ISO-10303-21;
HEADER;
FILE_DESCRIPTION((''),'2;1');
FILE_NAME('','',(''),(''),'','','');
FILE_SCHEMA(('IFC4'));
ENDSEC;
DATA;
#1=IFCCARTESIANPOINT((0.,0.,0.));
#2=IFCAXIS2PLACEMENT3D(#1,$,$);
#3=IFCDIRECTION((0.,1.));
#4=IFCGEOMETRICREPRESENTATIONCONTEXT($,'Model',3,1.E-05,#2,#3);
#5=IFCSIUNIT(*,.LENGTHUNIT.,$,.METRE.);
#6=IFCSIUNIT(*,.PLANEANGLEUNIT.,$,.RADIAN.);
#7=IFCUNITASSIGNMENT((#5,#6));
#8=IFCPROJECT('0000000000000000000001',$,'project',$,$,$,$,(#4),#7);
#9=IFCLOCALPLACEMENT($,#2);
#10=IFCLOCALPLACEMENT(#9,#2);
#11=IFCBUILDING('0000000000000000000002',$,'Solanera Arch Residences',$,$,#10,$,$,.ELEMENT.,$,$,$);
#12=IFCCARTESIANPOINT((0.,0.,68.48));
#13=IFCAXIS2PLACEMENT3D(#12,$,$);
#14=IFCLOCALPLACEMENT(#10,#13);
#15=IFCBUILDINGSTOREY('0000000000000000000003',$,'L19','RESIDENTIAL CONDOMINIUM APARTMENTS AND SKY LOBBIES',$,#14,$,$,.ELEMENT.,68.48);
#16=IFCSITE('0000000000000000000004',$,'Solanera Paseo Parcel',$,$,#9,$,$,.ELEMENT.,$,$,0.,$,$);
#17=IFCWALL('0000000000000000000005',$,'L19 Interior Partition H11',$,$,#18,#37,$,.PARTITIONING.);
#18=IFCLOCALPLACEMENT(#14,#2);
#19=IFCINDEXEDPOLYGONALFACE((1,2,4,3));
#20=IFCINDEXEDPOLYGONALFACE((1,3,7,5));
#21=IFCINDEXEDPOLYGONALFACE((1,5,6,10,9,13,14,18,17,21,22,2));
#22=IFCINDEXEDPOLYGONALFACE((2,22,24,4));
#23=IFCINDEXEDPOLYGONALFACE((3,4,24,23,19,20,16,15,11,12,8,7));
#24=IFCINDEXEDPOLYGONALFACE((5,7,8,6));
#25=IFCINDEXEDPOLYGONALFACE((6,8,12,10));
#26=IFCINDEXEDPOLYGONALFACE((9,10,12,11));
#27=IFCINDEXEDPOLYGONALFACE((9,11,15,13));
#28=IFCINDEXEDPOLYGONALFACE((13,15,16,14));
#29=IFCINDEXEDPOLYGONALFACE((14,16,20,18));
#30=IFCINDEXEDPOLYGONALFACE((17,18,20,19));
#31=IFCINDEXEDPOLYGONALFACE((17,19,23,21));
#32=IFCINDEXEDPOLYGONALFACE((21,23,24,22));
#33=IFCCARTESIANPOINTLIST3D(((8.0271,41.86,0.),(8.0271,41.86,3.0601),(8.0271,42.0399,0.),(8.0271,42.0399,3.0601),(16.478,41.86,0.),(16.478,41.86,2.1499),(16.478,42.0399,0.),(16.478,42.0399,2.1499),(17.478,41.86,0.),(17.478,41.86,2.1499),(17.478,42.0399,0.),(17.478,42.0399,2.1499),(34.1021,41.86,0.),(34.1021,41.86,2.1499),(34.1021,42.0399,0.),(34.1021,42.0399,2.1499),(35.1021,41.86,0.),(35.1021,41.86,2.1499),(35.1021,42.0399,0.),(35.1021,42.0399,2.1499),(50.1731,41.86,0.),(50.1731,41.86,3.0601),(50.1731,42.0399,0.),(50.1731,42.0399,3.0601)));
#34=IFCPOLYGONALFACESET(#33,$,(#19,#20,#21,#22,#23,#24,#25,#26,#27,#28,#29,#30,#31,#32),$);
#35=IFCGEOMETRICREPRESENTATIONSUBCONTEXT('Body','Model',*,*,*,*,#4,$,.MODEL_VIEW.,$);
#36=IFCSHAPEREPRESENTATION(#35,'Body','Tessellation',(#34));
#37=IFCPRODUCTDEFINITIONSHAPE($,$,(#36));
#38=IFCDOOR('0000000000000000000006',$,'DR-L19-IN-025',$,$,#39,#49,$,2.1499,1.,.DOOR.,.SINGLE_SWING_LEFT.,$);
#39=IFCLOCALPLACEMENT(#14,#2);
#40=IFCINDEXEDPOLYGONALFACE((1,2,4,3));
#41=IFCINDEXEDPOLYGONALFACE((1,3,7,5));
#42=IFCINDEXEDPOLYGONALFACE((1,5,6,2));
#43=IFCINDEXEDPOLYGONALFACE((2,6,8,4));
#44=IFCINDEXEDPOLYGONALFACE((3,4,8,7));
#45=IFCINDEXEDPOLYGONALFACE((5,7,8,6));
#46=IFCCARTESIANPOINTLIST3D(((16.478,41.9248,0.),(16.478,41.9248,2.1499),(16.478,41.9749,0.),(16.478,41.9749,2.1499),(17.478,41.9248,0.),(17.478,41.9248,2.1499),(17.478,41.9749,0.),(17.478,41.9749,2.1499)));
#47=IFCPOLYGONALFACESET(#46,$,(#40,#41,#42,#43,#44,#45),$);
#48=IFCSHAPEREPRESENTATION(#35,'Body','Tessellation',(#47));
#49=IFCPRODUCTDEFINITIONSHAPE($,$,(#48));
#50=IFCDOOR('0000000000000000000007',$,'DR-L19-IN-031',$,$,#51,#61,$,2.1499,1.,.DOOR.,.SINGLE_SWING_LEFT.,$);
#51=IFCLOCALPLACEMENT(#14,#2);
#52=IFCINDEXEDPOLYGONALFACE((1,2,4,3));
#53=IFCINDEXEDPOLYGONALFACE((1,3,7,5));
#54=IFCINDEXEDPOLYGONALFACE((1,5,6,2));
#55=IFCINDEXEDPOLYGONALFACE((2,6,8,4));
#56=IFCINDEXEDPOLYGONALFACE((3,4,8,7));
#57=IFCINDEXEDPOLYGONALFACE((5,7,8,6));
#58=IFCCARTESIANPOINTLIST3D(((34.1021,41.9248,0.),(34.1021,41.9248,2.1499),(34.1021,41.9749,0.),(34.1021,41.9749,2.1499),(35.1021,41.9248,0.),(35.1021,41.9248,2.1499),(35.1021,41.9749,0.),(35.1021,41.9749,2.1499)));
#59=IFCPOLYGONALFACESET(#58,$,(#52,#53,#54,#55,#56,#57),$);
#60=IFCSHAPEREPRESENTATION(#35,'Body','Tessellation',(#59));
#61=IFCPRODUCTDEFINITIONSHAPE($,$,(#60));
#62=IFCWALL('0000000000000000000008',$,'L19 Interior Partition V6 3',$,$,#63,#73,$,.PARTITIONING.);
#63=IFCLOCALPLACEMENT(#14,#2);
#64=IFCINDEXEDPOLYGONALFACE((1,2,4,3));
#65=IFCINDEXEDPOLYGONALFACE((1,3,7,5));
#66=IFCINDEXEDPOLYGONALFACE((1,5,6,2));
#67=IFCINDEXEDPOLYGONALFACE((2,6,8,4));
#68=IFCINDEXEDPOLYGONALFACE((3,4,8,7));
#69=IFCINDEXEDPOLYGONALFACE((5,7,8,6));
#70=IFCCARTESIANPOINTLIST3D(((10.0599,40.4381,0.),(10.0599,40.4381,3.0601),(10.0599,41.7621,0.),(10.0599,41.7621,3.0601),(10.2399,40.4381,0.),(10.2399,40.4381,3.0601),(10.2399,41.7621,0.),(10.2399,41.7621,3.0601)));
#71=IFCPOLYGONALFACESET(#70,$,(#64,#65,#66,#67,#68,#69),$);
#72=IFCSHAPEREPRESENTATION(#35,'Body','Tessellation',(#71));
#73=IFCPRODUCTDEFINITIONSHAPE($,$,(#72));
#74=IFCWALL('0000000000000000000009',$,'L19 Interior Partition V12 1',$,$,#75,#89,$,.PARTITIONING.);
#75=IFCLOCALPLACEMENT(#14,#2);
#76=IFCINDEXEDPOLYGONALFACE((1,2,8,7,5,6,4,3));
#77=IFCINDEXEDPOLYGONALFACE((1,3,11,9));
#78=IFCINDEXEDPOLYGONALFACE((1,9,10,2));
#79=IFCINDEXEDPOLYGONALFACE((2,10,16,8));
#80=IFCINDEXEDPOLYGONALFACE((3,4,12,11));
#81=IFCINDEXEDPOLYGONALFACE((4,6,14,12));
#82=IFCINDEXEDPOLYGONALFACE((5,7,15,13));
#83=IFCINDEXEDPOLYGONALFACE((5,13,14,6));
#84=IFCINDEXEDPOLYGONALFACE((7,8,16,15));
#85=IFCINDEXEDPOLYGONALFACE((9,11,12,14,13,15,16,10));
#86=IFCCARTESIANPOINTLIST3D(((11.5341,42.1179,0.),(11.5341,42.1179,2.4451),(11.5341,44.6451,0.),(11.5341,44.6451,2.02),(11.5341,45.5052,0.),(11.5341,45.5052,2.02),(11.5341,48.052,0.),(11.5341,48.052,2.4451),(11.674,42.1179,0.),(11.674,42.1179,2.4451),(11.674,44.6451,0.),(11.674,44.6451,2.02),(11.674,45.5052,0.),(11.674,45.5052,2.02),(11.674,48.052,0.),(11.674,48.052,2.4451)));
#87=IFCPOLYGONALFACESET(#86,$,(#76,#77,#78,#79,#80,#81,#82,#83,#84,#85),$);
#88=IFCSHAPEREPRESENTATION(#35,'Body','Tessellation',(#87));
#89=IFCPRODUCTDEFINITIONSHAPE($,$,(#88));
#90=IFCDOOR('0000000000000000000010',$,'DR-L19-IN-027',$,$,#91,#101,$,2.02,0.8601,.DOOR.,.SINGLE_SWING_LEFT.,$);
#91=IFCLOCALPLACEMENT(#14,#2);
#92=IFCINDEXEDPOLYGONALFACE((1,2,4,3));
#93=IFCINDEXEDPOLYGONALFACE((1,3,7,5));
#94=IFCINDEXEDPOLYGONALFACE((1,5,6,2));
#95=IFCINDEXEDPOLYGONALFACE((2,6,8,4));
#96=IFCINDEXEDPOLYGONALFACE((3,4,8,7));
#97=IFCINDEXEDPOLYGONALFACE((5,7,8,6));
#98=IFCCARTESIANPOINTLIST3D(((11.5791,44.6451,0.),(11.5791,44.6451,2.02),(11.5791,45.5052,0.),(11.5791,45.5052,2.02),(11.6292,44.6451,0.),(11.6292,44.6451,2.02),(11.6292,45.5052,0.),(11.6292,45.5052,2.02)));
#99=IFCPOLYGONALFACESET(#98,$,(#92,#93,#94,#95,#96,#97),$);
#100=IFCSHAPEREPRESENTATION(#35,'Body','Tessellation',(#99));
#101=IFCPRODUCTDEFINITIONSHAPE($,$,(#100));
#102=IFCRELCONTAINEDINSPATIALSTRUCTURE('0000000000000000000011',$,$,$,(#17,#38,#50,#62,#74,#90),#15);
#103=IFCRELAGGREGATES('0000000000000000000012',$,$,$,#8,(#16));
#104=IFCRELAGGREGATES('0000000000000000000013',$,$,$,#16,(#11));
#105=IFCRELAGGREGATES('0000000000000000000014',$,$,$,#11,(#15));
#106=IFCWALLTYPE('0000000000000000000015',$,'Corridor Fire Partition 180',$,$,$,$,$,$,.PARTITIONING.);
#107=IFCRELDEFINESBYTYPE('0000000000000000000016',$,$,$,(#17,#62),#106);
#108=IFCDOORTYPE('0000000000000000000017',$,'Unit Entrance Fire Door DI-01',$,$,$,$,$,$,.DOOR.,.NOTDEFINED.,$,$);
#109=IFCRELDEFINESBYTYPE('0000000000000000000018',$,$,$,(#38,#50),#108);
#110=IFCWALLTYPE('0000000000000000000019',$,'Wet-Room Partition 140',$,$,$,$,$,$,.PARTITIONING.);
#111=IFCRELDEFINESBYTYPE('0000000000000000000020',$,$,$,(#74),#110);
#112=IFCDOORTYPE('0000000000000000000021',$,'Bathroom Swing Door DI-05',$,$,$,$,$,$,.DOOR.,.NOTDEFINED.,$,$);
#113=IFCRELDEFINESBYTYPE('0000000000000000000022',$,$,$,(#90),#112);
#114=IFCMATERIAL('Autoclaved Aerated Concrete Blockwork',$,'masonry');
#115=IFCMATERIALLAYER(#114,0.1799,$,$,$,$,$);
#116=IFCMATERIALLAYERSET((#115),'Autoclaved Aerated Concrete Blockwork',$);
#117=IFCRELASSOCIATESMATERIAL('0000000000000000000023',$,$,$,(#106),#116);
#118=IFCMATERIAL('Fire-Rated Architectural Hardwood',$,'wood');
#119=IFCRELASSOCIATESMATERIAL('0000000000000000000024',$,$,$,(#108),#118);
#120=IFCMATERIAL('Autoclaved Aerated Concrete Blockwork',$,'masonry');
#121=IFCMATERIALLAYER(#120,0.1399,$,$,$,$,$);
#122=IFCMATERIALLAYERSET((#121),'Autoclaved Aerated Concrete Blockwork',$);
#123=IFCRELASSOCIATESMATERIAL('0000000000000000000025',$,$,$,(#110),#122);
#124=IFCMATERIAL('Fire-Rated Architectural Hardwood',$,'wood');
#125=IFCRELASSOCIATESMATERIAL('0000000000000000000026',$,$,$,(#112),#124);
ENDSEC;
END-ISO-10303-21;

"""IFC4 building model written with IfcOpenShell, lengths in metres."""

from ifc_helpers import new_model, si_unit, direction, frame, frame_2d, origin, place, context, subcontext, project, spatial, rectangle, extrude, material, layer, layer_set, type_object, element, fill, save


model = new_model("IFC4")

# Units and contexts
model_context = context("Model", 3, precision=1e-05, world=origin(), true_north=direction((0.0, 1.0)))
body_context = subcontext(model_context, "Body", "Model", "MODEL_VIEW")
ifc_project = project(units=[si_unit("LENGTHUNIT", "METRE"), si_unit("PLANEANGLEUNIT", "RADIAN")], contexts=[model_context])

# Site, building, storey
site_placement = place(None, origin())
site = spatial("IfcSite", under=ifc_project, at=site_placement, Name="Solanera Paseo Parcel", CompositionType="ELEMENT", RefElevation=0.0)
building_placement = place(site_placement, origin())
building = spatial("IfcBuilding", under=site, at=building_placement, Name="Solanera Arch Residences", CompositionType="ELEMENT")
storey_placement = place(building_placement, frame((0.0, 0.0, 68.48)))
storey = spatial("IfcBuildingStorey", under=building, at=storey_placement, Name="L19", Description="RESIDENTIAL CONDOMINIUM APARTMENTS AND SKY LOBBIES", CompositionType="ELEMENT", Elevation=68.48)

# Wall, openings, doors
ifc_material_1 = material(Name="Autoclaved Aerated Concrete Blockwork", Category="masonry")
ifc_layer_1 = layer(ifc_material_1, 0.1799)
ifc_layer_set_1 = layer_set([ifc_layer_1], Name="Autoclaved Aerated Concrete Blockwork")
wall_type_1 = type_object("IfcWallType", Name="Corridor Fire Partition 180", PredefinedType="PARTITIONING", material=ifc_layer_set_1)
ifc_material_2 = material(Name="Fire-Rated Architectural Hardwood", Category="wood")
door_type_1 = type_object("IfcDoorType", Name="Unit Entrance Fire Door DI-01", OperationType="NOTDEFINED", PredefinedType="DOOR", material=ifc_material_2)
wall_1_placement = place(storey_placement, frame((8.0271, 41.95, 0.0), z_axis=(0.0, 0.0, 1.0), x_axis=(1.0, 0.0, 0.0)))
wall_1 = element("IfcWall", 1, at=wall_1_placement, inside=storey, type_object=wall_type_1, Name="L19 Interior Partition H11", PredefinedType="PARTITIONING", context=body_context, shape_type="SweptSolid", body=[
    extrude(rectangle(XDim=42.146, YDim=0.1799, at=frame_2d((21.073, 0.0))), origin(), (0.0, 0.0, 1.0), 3.0601),
])
opening_1_placement = place(wall_1_placement, frame((8.4509, 0.0, 0.0)))
opening_1 = element("IfcOpeningElement", 2, at=opening_1_placement, cuts=wall_1, PredefinedType="OPENING", context=body_context, shape_type="SweptSolid", body=[
    extrude(rectangle(XDim=1.0, YDim=2.1499, at=frame_2d((0.5, 1.075))), frame((0.0, 0.1001, 0.0), z_axis=(0.0, -1.0, 0.0), x_axis=(1.0, 0.0, 0.0)), (0.0, 0.0, 1.0), 0.1999),
])
opening_2_placement = place(wall_1_placement, frame((26.075, 0.0, 0.0)))
opening_2 = element("IfcOpeningElement", 3, at=opening_2_placement, cuts=wall_1, PredefinedType="OPENING", context=body_context, shape_type="SweptSolid", body=[
    extrude(rectangle(XDim=1.0, YDim=2.1499, at=frame_2d((0.5, 1.075))), frame((0.0, 0.1001, 0.0), z_axis=(0.0, -1.0, 0.0), x_axis=(1.0, 0.0, 0.0)), (0.0, 0.0, 1.0), 0.1999),
])
door_1_placement = place(opening_1_placement, origin())
door_1 = element("IfcDoor", 4, at=door_1_placement, inside=storey, type_object=door_type_1, Name="DR-L19-IN-025", OperationType="SINGLE_SWING_LEFT", OverallHeight=2.1499, OverallWidth=1.0, PredefinedType="DOOR", context=body_context, shape_type="SweptSolid", body=[
    extrude(rectangle(XDim=1.0, YDim=2.1499, at=frame_2d((0.5, 1.075))), frame((0.0, 0.0249, 0.0), z_axis=(0.0, -1.0, 0.0), x_axis=(1.0, 0.0, 0.0)), (0.0, 0.0, 1.0), 0.05),
])
fill(opening_1, door_1)
door_2_placement = place(opening_2_placement, origin())
door_2 = element("IfcDoor", 5, at=door_2_placement, inside=storey, type_object=door_type_1, Name="DR-L19-IN-031", OperationType="SINGLE_SWING_LEFT", OverallHeight=2.1499, OverallWidth=1.0, PredefinedType="DOOR", context=body_context, shape_type="SweptSolid", body=[
    extrude(rectangle(XDim=1.0, YDim=2.1499, at=frame_2d((0.5, 1.075))), frame((0.0, 0.0249, 0.0), z_axis=(0.0, -1.0, 0.0), x_axis=(1.0, 0.0, 0.0)), (0.0, 0.0, 1.0), 0.05),
])
fill(opening_2, door_2)

# Wall
wall_2_placement = place(storey_placement, frame((10.1499, 40.438, 0.0), z_axis=(0.0, 0.0, 1.0), x_axis=(0.0, 1.0, 0.0)))
element("IfcWall", 6, at=wall_2_placement, inside=storey, type_object=wall_type_1, Name="L19 Interior Partition V6 3", PredefinedType="PARTITIONING", context=body_context, shape_type="SweptSolid", body=[
    extrude(rectangle(XDim=1.324, YDim=0.1799, at=frame_2d((0.6621, 0.0))), origin(), (0.0, 0.0, 1.0), 3.0601),
])

# Wall, opening, door
ifc_material_3 = material(Name="Autoclaved Aerated Concrete Blockwork", Category="masonry")
ifc_layer_2 = layer(ifc_material_3, 0.1399)
ifc_layer_set_2 = layer_set([ifc_layer_2], Name="Autoclaved Aerated Concrete Blockwork")
wall_type_2 = type_object("IfcWallType", Name="Wet-Room Partition 140", PredefinedType="PARTITIONING", material=ifc_layer_set_2)
wall_3_placement = place(storey_placement, frame((11.604, 42.1179, 0.0), z_axis=(0.0, 0.0, 1.0), x_axis=(0.0, 1.0, 0.0)))
wall_3 = element("IfcWall", 7, at=wall_3_placement, inside=storey, type_object=wall_type_2, Name="L19 Interior Partition V12 1", PredefinedType="PARTITIONING", context=body_context, shape_type="SweptSolid", body=[
    extrude(rectangle(XDim=5.9341, YDim=0.1399, at=frame_2d((2.967, 0.0))), origin(), (0.0, 0.0, 1.0), 2.4451),
])
opening_3_placement = place(wall_3_placement, frame((2.5271, 0.0, 0.0)))
opening_3 = element("IfcOpeningElement", 8, at=opening_3_placement, cuts=wall_3, PredefinedType="OPENING", context=body_context, shape_type="SweptSolid", body=[
    extrude(rectangle(XDim=0.8601, YDim=2.02, at=frame_2d((0.4302, 1.01))), frame((0.0, 0.0798, 0.0), z_axis=(0.0, -1.0, 0.0), x_axis=(1.0, 0.0, 0.0)), (0.0, 0.0, 1.0), 0.1599),
])
ifc_material_4 = material(Name="Fire-Rated Architectural Hardwood", Category="wood")
door_type_2 = type_object("IfcDoorType", Name="Bathroom Swing Door DI-05", OperationType="NOTDEFINED", PredefinedType="DOOR", material=ifc_material_4)
door_3_placement = place(opening_3_placement, origin())
door_3 = element("IfcDoor", 9, at=door_3_placement, inside=storey, type_object=door_type_2, Name="DR-L19-IN-027", OperationType="SINGLE_SWING_LEFT", OverallHeight=2.02, OverallWidth=0.8601, PredefinedType="DOOR", context=body_context, shape_type="SweptSolid", body=[
    extrude(rectangle(XDim=0.8601, YDim=2.02, at=frame_2d((0.4302, 1.01))), frame((0.0, 0.0249, 0.0), z_axis=(0.0, -1.0, 0.0), x_axis=(1.0, 0.0, 0.0)), (0.0, 0.0, 1.0), 0.05),
])
fill(opening_3, door_3)

save(model, "model.ifc")
